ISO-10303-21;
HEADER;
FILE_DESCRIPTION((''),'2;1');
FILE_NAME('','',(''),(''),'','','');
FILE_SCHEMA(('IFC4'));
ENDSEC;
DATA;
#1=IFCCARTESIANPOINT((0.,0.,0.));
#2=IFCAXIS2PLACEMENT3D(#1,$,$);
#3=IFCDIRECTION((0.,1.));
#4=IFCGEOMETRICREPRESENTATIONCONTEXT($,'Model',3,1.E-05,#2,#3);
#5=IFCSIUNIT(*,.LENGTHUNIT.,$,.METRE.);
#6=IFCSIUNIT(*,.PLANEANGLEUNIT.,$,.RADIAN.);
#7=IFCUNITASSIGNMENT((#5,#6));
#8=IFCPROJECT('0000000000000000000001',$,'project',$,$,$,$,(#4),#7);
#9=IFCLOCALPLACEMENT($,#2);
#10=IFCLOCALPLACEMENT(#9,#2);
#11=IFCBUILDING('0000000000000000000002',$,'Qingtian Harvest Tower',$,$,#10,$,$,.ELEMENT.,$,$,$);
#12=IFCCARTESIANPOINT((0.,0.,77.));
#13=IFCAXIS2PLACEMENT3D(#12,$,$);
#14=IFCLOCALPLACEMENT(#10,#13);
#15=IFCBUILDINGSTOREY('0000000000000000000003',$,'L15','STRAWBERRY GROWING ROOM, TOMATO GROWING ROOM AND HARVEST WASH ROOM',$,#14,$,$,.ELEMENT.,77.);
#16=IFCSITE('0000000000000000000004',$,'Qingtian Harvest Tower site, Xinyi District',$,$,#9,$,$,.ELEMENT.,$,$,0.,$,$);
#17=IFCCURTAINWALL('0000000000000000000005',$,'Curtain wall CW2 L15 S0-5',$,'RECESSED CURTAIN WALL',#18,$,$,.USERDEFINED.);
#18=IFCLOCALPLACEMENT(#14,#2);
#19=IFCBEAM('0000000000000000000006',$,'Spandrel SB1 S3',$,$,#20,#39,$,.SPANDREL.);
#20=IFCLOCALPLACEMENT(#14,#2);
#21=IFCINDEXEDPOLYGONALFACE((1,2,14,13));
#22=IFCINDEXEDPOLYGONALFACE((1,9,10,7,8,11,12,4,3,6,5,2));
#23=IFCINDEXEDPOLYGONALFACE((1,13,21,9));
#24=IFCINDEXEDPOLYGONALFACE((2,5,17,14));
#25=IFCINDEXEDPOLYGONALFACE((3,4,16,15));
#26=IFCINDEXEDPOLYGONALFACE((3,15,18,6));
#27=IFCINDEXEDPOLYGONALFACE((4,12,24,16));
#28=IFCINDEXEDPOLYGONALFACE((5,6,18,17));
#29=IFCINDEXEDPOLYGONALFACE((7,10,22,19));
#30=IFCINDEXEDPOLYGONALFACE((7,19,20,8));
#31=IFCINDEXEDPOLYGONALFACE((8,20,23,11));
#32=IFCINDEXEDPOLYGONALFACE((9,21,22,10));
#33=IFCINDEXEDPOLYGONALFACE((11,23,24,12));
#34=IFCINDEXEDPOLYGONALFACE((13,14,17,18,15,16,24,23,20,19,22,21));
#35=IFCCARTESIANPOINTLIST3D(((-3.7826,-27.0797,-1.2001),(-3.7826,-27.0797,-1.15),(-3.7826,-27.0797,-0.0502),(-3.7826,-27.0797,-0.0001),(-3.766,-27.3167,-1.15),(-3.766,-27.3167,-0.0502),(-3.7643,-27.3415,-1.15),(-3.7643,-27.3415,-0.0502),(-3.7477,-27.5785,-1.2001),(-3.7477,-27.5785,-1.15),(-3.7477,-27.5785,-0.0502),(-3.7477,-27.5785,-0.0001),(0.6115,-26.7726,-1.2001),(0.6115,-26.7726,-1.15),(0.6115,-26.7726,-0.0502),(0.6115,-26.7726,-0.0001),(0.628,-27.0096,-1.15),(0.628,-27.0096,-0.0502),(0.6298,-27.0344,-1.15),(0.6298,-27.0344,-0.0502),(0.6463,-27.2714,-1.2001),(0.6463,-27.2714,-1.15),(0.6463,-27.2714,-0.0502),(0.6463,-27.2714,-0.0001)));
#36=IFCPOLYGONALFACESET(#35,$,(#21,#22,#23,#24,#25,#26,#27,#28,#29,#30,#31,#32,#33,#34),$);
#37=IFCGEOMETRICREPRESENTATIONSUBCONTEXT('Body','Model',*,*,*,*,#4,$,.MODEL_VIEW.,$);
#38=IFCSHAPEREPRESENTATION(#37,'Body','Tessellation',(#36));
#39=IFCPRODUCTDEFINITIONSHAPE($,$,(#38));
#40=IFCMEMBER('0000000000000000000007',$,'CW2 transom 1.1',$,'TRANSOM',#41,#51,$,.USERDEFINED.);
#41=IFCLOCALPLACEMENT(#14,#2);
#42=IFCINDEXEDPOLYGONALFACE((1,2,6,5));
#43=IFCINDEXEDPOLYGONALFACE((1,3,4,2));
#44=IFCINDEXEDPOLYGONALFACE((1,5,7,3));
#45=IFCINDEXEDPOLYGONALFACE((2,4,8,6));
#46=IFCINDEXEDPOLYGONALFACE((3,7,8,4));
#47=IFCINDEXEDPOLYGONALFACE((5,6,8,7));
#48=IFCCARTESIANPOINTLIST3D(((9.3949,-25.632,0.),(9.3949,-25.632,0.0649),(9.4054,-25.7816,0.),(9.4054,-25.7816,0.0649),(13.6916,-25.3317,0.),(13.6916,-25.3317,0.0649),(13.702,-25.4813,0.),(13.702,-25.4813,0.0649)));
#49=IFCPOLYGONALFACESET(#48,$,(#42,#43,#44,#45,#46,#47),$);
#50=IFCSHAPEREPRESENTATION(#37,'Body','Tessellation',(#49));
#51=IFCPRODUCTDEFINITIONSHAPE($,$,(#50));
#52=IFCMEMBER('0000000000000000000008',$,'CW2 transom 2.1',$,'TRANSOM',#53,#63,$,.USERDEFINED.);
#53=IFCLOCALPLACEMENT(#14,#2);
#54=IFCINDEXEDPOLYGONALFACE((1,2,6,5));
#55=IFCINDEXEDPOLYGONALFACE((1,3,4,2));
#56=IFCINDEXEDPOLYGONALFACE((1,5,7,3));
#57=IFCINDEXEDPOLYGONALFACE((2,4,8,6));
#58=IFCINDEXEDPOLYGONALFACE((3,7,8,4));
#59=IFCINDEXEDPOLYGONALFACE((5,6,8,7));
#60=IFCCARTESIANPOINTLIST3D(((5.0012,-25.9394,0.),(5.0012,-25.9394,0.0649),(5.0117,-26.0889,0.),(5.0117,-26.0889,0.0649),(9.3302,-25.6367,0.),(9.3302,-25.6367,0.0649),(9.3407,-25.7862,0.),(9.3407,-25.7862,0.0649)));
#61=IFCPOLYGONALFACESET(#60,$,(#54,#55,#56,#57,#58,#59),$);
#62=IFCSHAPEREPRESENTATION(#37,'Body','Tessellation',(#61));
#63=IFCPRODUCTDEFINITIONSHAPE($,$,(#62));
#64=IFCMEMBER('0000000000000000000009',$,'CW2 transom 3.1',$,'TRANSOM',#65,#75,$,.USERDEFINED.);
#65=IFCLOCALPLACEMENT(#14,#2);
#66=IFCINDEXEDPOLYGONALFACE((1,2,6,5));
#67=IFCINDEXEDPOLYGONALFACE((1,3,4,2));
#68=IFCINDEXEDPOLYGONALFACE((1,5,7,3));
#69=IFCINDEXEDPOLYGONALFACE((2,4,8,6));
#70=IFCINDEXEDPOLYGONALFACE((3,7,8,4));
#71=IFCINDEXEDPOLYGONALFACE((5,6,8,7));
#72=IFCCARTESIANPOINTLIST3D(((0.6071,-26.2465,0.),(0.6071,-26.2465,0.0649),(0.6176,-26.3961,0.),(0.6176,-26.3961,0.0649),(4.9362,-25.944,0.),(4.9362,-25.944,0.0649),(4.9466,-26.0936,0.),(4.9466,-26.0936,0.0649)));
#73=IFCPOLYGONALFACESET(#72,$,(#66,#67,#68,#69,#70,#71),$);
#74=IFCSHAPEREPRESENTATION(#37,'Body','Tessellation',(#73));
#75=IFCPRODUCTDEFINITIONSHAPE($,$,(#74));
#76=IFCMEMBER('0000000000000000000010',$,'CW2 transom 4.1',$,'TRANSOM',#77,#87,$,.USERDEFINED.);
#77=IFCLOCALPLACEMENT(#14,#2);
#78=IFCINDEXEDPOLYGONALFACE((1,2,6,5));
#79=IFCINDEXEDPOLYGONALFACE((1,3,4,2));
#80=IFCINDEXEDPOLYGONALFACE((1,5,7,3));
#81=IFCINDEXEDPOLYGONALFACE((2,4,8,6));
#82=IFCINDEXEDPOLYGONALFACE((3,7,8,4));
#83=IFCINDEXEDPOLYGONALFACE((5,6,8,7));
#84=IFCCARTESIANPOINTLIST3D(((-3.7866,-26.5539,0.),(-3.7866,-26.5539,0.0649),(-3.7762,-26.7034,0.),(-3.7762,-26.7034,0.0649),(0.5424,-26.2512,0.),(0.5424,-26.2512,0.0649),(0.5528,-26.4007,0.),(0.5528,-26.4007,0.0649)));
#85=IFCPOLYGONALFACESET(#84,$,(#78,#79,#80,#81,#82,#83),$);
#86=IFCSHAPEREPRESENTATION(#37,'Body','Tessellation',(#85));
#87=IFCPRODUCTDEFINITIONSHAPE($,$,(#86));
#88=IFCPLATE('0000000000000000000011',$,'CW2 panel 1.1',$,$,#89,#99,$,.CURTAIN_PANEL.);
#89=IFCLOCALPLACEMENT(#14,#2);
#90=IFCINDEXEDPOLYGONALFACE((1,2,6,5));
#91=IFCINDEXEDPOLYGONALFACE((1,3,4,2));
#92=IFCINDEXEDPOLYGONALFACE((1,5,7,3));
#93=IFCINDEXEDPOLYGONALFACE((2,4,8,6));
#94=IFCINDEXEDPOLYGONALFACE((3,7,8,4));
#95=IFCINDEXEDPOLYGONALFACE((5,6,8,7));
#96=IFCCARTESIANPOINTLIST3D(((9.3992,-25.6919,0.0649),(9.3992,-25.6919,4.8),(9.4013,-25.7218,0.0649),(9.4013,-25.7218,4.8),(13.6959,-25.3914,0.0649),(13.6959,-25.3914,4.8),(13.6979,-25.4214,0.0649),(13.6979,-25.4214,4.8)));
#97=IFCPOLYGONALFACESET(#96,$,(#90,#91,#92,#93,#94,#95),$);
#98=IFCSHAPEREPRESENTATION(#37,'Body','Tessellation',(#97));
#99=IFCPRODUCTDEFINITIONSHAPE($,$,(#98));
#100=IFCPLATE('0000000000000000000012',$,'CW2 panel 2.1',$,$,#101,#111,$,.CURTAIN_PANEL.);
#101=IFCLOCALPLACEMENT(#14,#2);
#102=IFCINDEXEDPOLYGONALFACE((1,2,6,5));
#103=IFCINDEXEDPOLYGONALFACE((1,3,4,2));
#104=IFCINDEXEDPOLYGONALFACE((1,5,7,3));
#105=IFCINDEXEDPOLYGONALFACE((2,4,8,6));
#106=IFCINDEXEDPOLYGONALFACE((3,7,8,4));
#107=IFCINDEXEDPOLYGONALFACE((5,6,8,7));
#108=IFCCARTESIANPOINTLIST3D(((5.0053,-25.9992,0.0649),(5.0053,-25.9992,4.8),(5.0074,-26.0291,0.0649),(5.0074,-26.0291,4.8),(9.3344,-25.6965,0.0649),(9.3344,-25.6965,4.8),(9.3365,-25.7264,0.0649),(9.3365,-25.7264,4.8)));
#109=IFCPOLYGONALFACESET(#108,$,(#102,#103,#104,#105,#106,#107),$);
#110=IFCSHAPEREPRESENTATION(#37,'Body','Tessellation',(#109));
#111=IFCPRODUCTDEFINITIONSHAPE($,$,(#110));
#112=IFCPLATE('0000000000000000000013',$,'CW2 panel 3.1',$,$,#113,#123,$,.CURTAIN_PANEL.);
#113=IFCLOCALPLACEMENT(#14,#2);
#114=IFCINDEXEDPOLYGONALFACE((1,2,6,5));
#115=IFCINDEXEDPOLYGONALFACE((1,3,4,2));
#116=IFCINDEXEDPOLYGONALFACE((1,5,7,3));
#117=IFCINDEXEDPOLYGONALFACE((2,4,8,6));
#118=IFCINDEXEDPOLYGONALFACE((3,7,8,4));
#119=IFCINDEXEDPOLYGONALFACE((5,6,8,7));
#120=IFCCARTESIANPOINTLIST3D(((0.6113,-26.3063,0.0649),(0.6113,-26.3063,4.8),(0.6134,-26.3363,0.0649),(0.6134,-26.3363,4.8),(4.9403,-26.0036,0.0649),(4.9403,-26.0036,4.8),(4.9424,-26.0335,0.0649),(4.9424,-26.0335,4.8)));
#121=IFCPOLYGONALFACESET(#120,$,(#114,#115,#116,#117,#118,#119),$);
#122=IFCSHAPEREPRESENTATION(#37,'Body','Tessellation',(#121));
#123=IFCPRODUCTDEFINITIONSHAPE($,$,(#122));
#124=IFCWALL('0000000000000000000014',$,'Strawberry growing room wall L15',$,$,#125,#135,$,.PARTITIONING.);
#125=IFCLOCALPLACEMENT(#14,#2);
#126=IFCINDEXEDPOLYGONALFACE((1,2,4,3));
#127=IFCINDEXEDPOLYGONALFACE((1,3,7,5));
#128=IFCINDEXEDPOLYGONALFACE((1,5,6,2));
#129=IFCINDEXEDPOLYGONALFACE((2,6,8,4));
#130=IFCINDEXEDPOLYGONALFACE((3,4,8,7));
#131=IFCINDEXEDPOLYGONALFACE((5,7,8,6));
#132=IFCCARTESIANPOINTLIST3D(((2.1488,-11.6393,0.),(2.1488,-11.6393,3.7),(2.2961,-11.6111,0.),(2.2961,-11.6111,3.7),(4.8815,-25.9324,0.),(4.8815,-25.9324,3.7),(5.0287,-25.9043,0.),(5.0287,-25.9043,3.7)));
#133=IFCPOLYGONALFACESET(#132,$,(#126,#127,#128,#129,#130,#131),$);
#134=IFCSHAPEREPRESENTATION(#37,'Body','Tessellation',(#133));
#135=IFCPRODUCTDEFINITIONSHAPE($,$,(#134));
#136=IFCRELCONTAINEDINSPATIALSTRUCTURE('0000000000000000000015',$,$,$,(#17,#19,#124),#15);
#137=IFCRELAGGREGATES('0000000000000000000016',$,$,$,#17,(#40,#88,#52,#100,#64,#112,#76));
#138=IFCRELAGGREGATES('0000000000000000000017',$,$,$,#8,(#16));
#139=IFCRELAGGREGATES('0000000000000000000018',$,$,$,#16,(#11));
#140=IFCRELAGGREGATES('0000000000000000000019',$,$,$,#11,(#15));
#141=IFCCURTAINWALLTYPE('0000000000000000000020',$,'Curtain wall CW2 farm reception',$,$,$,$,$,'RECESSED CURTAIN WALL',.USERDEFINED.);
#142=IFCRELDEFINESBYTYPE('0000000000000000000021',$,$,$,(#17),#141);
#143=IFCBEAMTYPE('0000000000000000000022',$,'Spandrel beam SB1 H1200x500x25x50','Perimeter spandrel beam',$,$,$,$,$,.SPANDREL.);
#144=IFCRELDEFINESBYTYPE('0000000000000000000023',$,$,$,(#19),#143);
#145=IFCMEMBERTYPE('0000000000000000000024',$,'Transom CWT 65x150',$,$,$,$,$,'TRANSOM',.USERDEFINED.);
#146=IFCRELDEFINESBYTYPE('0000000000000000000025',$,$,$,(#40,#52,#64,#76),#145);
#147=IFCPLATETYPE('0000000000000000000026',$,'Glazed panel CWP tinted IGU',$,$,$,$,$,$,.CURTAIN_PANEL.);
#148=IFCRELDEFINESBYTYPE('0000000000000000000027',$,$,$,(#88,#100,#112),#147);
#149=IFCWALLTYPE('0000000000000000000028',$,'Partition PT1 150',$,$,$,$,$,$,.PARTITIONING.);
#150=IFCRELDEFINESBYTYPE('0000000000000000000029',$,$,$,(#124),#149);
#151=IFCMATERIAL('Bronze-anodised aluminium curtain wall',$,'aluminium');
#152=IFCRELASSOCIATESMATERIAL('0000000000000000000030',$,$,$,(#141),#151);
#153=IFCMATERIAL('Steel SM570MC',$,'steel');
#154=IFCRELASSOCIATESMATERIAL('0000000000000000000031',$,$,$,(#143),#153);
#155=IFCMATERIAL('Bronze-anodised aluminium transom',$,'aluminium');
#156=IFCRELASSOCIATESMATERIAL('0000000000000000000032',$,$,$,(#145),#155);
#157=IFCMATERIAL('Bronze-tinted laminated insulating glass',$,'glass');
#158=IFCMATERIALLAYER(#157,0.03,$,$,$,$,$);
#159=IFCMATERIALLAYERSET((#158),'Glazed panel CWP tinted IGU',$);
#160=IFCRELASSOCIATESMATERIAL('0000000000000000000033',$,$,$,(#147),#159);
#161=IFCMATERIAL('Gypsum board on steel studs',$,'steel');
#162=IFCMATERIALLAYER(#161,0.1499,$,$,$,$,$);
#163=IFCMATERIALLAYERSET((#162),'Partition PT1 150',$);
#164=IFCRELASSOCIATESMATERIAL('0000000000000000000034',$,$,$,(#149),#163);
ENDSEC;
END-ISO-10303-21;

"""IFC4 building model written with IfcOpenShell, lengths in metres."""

from ifc_helpers import new_model, si_unit, direction, frame, frame_2d, origin, origin_2d, place, context, subcontext, project, spatial, rectangle, i_section, extrude, material, layer, layer_set, material_profile, profile_set, type_object, element, aggregate, save


model = new_model("IFC4")

# Units and contexts
model_context = context("Model", 3, precision=1e-05, world=origin(), true_north=direction((0.0, 1.0)))
body_context = subcontext(model_context, "Body", "Model", "MODEL_VIEW")
ifc_project = project(units=[si_unit("LENGTHUNIT", "METRE"), si_unit("PLANEANGLEUNIT", "RADIAN")], contexts=[model_context])

# Site, building, storey
site_placement = place(None, origin())
site = spatial("IfcSite", under=ifc_project, at=site_placement, Name="Qingtian Harvest Tower site, Xinyi District", CompositionType="ELEMENT", RefElevation=0.0)
building_placement = place(site_placement, origin())
building = spatial("IfcBuilding", under=site, at=building_placement, Name="Qingtian Harvest Tower", CompositionType="ELEMENT")
storey_placement = place(building_placement, frame((0.0, 0.0, 77.0)))
storey = spatial("IfcBuildingStorey", under=building, at=storey_placement, Name="L15", Description="STRAWBERRY GROWING ROOM, TOMATO GROWING ROOM AND HARVEST WASH ROOM", CompositionType="ELEMENT", Elevation=77.0)

# Shared definitions
ifc_material_1 = material(Name="Bronze-anodised aluminium curtain wall", Category="aluminium")
curtain_wall_type = type_object("IfcCurtainWallType", Name="Curtain wall CW2 farm reception", ElementType="RECESSED CURTAIN WALL", PredefinedType="USERDEFINED", material=ifc_material_1)

# Curtain wall
curtain_wall_1_placement = place(storey_placement, origin())
curtain_wall_1 = element("IfcCurtainWall", 1, at=curtain_wall_1_placement, inside=storey, type_object=curtain_wall_type, Name="Curtain wall CW2 L15 S0-5", ObjectType="RECESSED CURTAIN WALL", PredefinedType="USERDEFINED")

# Beam
ifc_material_2 = material(Name="Steel SM570MC", Category="steel")
ifc_material_profile_1 = material_profile(ifc_material_2, i_section(OverallWidth=0.5, OverallDepth=1.2, WebThickness=0.0249, FlangeThickness=0.05, at=origin_2d()), Name="H1200x500x25x50")
ifc_profile_set_1 = profile_set([ifc_material_profile_1], Name="Steel SM570MC")
beam_type_1 = type_object("IfcBeamType", Name="Spandrel beam SB1 H1200x500x25x50", Description="Perimeter spandrel beam", PredefinedType="SPANDREL", material=ifc_profile_set_1)
beam_1_placement = place(storey_placement, frame((0.6289, -27.022, -0.6001), z_axis=(-0.997566, -0.069727, 0.0), x_axis=(0.069727, -0.997566, 0.0)))
element("IfcBeam", 2, at=beam_1_placement, inside=storey, type_object=beam_type_1, Name="Spandrel SB1 S3", PredefinedType="SPANDREL", context=body_context, shape_type="SweptSolid", body=[
    extrude(i_section(OverallWidth=0.5, OverallDepth=1.2, WebThickness=0.0249, FlangeThickness=0.05, at=origin_2d()), origin(), (0.0, 0.0, 1.0), 4.4048),
])

# Members
ifc_material_3 = material(Name="Bronze-anodised aluminium transom", Category="aluminium")
ifc_material_profile_2 = material_profile(ifc_material_3, rectangle(XDim=0.1499, YDim=0.0649, at=origin_2d()), Name="AL 65x150")
ifc_profile_set_2 = profile_set([ifc_material_profile_2], Name="Bronze-anodised aluminium transom")
member_type_1 = type_object("IfcMemberType", Name="Transom CWT 65x150", ElementType="TRANSOM", PredefinedType="USERDEFINED", material=ifc_profile_set_2)
member_1_placement = place(storey_placement, frame((13.6968, -25.4065, 0.0325), z_axis=(-0.997567, -0.06972, 0.0), x_axis=(0.06972, -0.997567, 0.0)))
member_1 = element("IfcMember", 3, at=member_1_placement, type_object=member_type_1, Name="CW2 transom 1.1", ObjectType="TRANSOM", PredefinedType="USERDEFINED", context=body_context, shape_type="SweptSolid", body=[
    extrude(rectangle(XDim=0.1499, YDim=0.0649, at=origin_2d()), origin(), (0.0, 0.0, 1.0), 4.3071),
])
member_2_placement = place(storey_placement, frame((9.3354, -25.7114, 0.0325), z_axis=(-0.997564, -0.06976, 0.0), x_axis=(0.06976, -0.997564, 0.0)))
member_2 = element("IfcMember", 4, at=member_2_placement, type_object=member_type_1, Name="CW2 transom 2.1", ObjectType="TRANSOM", PredefinedType="USERDEFINED", context=body_context, shape_type="SweptSolid", body=[
    extrude(rectangle(XDim=0.1499, YDim=0.0649, at=origin_2d()), origin(), (0.0, 0.0, 1.0), 4.3396),
])
member_3_placement = place(storey_placement, frame((4.9414, -26.0188, 0.0325), z_axis=(-0.997568, -0.069704, 0.0), x_axis=(0.069704, -0.997568, 0.0)))
member_3 = element("IfcMember", 5, at=member_3_placement, type_object=member_type_1, Name="CW2 transom 3.1", ObjectType="TRANSOM", PredefinedType="USERDEFINED", context=body_context, shape_type="SweptSolid", body=[
    extrude(rectangle(XDim=0.1499, YDim=0.0649, at=origin_2d()), origin(), (0.0, 0.0, 1.0), 4.3396),
])
member_4_placement = place(storey_placement, frame((0.5476, -26.3259, 0.0325), z_axis=(-0.997564, -0.06976, 0.0), x_axis=(0.06976, -0.997564, 0.0)))
member_4 = element("IfcMember", 6, at=member_4_placement, type_object=member_type_1, Name="CW2 transom 4.1", ObjectType="TRANSOM", PredefinedType="USERDEFINED", context=body_context, shape_type="SweptSolid", body=[
    extrude(rectangle(XDim=0.1499, YDim=0.0649, at=origin_2d()), origin(), (0.0, 0.0, 1.0), 4.3396),
])

# Plates
ifc_material_4 = material(Name="Bronze-tinted laminated insulating glass", Category="glass")
ifc_layer_1 = layer(ifc_material_4, 0.03)
ifc_layer_set_1 = layer_set([ifc_layer_1], Name="Glazed panel CWP tinted IGU")
plate_type = type_object("IfcPlateType", Name="Glazed panel CWP tinted IGU", PredefinedType="CURTAIN_PANEL", material=ifc_layer_set_1)
plate_1_placement = place(storey_placement, frame((11.5486, -25.5566, 0.0649), z_axis=(0.0, 0.0, 1.0), x_axis=(-0.997564, -0.069756, 0.0)))
plate_1 = element("IfcPlate", 7, at=plate_1_placement, type_object=plate_type, Name="CW2 panel 1.1", PredefinedType="CURTAIN_PANEL", context=body_context, shape_type="SweptSolid", body=[
    extrude(rectangle(XDim=4.3071, YDim=0.03, at=origin_2d()), origin(), (0.0, 0.0, 1.0), 4.7351),
])
plate_2_placement = place(storey_placement, frame((7.1709, -25.8628, 0.0649), z_axis=(0.0, 0.0, 1.0), x_axis=(-0.997564, -0.069756, 0.0)))
plate_2 = element("IfcPlate", 8, at=plate_2_placement, type_object=plate_type, Name="CW2 panel 2.1", PredefinedType="CURTAIN_PANEL", context=body_context, shape_type="SweptSolid", body=[
    extrude(rectangle(XDim=4.3396, YDim=0.03, at=origin_2d()), origin(), (0.0, 0.0, 1.0), 4.7351),
])
plate_3_placement = place(storey_placement, frame((2.7769, -26.1699, 0.0649), z_axis=(0.0, 0.0, 1.0), x_axis=(-0.997564, -0.069756, 0.0)))
plate_3 = element("IfcPlate", 9, at=plate_3_placement, type_object=plate_type, Name="CW2 panel 3.1", PredefinedType="CURTAIN_PANEL", context=body_context, shape_type="SweptSolid", body=[
    extrude(rectangle(XDim=4.3396, YDim=0.03, at=origin_2d()), origin(), (0.0, 0.0, 1.0), 4.7351),
])
aggregate(curtain_wall_1, [member_1, plate_1, member_2, plate_2, member_3, plate_3, member_4])

# Wall
ifc_material_5 = material(Name="Gypsum board on steel studs", Category="steel")
ifc_layer_2 = layer(ifc_material_5, 0.1499)
ifc_layer_set_2 = layer_set([ifc_layer_2], Name="Partition PT1 150")
wall_type = type_object("IfcWallType", Name="Partition PT1 150", PredefinedType="PARTITIONING", material=ifc_layer_set_2)
wall_1_placement = place(storey_placement, frame((4.9551, -25.9182, 0.0), z_axis=(0.0, 0.0, 1.0), x_axis=(-0.187785, 0.98221, 0.0)))
element("IfcWall", 10, at=wall_1_placement, inside=storey, type_object=wall_type, Name="Strawberry growing room wall L15", PredefinedType="PARTITIONING", context=body_context, shape_type="SweptSolid", body=[
    extrude(rectangle(XDim=14.552, YDim=0.1499, at=frame_2d((7.2759, 0.0))), origin(), (0.0, 0.0, 1.0), 3.7),
])

save(model, "model.ifc")
